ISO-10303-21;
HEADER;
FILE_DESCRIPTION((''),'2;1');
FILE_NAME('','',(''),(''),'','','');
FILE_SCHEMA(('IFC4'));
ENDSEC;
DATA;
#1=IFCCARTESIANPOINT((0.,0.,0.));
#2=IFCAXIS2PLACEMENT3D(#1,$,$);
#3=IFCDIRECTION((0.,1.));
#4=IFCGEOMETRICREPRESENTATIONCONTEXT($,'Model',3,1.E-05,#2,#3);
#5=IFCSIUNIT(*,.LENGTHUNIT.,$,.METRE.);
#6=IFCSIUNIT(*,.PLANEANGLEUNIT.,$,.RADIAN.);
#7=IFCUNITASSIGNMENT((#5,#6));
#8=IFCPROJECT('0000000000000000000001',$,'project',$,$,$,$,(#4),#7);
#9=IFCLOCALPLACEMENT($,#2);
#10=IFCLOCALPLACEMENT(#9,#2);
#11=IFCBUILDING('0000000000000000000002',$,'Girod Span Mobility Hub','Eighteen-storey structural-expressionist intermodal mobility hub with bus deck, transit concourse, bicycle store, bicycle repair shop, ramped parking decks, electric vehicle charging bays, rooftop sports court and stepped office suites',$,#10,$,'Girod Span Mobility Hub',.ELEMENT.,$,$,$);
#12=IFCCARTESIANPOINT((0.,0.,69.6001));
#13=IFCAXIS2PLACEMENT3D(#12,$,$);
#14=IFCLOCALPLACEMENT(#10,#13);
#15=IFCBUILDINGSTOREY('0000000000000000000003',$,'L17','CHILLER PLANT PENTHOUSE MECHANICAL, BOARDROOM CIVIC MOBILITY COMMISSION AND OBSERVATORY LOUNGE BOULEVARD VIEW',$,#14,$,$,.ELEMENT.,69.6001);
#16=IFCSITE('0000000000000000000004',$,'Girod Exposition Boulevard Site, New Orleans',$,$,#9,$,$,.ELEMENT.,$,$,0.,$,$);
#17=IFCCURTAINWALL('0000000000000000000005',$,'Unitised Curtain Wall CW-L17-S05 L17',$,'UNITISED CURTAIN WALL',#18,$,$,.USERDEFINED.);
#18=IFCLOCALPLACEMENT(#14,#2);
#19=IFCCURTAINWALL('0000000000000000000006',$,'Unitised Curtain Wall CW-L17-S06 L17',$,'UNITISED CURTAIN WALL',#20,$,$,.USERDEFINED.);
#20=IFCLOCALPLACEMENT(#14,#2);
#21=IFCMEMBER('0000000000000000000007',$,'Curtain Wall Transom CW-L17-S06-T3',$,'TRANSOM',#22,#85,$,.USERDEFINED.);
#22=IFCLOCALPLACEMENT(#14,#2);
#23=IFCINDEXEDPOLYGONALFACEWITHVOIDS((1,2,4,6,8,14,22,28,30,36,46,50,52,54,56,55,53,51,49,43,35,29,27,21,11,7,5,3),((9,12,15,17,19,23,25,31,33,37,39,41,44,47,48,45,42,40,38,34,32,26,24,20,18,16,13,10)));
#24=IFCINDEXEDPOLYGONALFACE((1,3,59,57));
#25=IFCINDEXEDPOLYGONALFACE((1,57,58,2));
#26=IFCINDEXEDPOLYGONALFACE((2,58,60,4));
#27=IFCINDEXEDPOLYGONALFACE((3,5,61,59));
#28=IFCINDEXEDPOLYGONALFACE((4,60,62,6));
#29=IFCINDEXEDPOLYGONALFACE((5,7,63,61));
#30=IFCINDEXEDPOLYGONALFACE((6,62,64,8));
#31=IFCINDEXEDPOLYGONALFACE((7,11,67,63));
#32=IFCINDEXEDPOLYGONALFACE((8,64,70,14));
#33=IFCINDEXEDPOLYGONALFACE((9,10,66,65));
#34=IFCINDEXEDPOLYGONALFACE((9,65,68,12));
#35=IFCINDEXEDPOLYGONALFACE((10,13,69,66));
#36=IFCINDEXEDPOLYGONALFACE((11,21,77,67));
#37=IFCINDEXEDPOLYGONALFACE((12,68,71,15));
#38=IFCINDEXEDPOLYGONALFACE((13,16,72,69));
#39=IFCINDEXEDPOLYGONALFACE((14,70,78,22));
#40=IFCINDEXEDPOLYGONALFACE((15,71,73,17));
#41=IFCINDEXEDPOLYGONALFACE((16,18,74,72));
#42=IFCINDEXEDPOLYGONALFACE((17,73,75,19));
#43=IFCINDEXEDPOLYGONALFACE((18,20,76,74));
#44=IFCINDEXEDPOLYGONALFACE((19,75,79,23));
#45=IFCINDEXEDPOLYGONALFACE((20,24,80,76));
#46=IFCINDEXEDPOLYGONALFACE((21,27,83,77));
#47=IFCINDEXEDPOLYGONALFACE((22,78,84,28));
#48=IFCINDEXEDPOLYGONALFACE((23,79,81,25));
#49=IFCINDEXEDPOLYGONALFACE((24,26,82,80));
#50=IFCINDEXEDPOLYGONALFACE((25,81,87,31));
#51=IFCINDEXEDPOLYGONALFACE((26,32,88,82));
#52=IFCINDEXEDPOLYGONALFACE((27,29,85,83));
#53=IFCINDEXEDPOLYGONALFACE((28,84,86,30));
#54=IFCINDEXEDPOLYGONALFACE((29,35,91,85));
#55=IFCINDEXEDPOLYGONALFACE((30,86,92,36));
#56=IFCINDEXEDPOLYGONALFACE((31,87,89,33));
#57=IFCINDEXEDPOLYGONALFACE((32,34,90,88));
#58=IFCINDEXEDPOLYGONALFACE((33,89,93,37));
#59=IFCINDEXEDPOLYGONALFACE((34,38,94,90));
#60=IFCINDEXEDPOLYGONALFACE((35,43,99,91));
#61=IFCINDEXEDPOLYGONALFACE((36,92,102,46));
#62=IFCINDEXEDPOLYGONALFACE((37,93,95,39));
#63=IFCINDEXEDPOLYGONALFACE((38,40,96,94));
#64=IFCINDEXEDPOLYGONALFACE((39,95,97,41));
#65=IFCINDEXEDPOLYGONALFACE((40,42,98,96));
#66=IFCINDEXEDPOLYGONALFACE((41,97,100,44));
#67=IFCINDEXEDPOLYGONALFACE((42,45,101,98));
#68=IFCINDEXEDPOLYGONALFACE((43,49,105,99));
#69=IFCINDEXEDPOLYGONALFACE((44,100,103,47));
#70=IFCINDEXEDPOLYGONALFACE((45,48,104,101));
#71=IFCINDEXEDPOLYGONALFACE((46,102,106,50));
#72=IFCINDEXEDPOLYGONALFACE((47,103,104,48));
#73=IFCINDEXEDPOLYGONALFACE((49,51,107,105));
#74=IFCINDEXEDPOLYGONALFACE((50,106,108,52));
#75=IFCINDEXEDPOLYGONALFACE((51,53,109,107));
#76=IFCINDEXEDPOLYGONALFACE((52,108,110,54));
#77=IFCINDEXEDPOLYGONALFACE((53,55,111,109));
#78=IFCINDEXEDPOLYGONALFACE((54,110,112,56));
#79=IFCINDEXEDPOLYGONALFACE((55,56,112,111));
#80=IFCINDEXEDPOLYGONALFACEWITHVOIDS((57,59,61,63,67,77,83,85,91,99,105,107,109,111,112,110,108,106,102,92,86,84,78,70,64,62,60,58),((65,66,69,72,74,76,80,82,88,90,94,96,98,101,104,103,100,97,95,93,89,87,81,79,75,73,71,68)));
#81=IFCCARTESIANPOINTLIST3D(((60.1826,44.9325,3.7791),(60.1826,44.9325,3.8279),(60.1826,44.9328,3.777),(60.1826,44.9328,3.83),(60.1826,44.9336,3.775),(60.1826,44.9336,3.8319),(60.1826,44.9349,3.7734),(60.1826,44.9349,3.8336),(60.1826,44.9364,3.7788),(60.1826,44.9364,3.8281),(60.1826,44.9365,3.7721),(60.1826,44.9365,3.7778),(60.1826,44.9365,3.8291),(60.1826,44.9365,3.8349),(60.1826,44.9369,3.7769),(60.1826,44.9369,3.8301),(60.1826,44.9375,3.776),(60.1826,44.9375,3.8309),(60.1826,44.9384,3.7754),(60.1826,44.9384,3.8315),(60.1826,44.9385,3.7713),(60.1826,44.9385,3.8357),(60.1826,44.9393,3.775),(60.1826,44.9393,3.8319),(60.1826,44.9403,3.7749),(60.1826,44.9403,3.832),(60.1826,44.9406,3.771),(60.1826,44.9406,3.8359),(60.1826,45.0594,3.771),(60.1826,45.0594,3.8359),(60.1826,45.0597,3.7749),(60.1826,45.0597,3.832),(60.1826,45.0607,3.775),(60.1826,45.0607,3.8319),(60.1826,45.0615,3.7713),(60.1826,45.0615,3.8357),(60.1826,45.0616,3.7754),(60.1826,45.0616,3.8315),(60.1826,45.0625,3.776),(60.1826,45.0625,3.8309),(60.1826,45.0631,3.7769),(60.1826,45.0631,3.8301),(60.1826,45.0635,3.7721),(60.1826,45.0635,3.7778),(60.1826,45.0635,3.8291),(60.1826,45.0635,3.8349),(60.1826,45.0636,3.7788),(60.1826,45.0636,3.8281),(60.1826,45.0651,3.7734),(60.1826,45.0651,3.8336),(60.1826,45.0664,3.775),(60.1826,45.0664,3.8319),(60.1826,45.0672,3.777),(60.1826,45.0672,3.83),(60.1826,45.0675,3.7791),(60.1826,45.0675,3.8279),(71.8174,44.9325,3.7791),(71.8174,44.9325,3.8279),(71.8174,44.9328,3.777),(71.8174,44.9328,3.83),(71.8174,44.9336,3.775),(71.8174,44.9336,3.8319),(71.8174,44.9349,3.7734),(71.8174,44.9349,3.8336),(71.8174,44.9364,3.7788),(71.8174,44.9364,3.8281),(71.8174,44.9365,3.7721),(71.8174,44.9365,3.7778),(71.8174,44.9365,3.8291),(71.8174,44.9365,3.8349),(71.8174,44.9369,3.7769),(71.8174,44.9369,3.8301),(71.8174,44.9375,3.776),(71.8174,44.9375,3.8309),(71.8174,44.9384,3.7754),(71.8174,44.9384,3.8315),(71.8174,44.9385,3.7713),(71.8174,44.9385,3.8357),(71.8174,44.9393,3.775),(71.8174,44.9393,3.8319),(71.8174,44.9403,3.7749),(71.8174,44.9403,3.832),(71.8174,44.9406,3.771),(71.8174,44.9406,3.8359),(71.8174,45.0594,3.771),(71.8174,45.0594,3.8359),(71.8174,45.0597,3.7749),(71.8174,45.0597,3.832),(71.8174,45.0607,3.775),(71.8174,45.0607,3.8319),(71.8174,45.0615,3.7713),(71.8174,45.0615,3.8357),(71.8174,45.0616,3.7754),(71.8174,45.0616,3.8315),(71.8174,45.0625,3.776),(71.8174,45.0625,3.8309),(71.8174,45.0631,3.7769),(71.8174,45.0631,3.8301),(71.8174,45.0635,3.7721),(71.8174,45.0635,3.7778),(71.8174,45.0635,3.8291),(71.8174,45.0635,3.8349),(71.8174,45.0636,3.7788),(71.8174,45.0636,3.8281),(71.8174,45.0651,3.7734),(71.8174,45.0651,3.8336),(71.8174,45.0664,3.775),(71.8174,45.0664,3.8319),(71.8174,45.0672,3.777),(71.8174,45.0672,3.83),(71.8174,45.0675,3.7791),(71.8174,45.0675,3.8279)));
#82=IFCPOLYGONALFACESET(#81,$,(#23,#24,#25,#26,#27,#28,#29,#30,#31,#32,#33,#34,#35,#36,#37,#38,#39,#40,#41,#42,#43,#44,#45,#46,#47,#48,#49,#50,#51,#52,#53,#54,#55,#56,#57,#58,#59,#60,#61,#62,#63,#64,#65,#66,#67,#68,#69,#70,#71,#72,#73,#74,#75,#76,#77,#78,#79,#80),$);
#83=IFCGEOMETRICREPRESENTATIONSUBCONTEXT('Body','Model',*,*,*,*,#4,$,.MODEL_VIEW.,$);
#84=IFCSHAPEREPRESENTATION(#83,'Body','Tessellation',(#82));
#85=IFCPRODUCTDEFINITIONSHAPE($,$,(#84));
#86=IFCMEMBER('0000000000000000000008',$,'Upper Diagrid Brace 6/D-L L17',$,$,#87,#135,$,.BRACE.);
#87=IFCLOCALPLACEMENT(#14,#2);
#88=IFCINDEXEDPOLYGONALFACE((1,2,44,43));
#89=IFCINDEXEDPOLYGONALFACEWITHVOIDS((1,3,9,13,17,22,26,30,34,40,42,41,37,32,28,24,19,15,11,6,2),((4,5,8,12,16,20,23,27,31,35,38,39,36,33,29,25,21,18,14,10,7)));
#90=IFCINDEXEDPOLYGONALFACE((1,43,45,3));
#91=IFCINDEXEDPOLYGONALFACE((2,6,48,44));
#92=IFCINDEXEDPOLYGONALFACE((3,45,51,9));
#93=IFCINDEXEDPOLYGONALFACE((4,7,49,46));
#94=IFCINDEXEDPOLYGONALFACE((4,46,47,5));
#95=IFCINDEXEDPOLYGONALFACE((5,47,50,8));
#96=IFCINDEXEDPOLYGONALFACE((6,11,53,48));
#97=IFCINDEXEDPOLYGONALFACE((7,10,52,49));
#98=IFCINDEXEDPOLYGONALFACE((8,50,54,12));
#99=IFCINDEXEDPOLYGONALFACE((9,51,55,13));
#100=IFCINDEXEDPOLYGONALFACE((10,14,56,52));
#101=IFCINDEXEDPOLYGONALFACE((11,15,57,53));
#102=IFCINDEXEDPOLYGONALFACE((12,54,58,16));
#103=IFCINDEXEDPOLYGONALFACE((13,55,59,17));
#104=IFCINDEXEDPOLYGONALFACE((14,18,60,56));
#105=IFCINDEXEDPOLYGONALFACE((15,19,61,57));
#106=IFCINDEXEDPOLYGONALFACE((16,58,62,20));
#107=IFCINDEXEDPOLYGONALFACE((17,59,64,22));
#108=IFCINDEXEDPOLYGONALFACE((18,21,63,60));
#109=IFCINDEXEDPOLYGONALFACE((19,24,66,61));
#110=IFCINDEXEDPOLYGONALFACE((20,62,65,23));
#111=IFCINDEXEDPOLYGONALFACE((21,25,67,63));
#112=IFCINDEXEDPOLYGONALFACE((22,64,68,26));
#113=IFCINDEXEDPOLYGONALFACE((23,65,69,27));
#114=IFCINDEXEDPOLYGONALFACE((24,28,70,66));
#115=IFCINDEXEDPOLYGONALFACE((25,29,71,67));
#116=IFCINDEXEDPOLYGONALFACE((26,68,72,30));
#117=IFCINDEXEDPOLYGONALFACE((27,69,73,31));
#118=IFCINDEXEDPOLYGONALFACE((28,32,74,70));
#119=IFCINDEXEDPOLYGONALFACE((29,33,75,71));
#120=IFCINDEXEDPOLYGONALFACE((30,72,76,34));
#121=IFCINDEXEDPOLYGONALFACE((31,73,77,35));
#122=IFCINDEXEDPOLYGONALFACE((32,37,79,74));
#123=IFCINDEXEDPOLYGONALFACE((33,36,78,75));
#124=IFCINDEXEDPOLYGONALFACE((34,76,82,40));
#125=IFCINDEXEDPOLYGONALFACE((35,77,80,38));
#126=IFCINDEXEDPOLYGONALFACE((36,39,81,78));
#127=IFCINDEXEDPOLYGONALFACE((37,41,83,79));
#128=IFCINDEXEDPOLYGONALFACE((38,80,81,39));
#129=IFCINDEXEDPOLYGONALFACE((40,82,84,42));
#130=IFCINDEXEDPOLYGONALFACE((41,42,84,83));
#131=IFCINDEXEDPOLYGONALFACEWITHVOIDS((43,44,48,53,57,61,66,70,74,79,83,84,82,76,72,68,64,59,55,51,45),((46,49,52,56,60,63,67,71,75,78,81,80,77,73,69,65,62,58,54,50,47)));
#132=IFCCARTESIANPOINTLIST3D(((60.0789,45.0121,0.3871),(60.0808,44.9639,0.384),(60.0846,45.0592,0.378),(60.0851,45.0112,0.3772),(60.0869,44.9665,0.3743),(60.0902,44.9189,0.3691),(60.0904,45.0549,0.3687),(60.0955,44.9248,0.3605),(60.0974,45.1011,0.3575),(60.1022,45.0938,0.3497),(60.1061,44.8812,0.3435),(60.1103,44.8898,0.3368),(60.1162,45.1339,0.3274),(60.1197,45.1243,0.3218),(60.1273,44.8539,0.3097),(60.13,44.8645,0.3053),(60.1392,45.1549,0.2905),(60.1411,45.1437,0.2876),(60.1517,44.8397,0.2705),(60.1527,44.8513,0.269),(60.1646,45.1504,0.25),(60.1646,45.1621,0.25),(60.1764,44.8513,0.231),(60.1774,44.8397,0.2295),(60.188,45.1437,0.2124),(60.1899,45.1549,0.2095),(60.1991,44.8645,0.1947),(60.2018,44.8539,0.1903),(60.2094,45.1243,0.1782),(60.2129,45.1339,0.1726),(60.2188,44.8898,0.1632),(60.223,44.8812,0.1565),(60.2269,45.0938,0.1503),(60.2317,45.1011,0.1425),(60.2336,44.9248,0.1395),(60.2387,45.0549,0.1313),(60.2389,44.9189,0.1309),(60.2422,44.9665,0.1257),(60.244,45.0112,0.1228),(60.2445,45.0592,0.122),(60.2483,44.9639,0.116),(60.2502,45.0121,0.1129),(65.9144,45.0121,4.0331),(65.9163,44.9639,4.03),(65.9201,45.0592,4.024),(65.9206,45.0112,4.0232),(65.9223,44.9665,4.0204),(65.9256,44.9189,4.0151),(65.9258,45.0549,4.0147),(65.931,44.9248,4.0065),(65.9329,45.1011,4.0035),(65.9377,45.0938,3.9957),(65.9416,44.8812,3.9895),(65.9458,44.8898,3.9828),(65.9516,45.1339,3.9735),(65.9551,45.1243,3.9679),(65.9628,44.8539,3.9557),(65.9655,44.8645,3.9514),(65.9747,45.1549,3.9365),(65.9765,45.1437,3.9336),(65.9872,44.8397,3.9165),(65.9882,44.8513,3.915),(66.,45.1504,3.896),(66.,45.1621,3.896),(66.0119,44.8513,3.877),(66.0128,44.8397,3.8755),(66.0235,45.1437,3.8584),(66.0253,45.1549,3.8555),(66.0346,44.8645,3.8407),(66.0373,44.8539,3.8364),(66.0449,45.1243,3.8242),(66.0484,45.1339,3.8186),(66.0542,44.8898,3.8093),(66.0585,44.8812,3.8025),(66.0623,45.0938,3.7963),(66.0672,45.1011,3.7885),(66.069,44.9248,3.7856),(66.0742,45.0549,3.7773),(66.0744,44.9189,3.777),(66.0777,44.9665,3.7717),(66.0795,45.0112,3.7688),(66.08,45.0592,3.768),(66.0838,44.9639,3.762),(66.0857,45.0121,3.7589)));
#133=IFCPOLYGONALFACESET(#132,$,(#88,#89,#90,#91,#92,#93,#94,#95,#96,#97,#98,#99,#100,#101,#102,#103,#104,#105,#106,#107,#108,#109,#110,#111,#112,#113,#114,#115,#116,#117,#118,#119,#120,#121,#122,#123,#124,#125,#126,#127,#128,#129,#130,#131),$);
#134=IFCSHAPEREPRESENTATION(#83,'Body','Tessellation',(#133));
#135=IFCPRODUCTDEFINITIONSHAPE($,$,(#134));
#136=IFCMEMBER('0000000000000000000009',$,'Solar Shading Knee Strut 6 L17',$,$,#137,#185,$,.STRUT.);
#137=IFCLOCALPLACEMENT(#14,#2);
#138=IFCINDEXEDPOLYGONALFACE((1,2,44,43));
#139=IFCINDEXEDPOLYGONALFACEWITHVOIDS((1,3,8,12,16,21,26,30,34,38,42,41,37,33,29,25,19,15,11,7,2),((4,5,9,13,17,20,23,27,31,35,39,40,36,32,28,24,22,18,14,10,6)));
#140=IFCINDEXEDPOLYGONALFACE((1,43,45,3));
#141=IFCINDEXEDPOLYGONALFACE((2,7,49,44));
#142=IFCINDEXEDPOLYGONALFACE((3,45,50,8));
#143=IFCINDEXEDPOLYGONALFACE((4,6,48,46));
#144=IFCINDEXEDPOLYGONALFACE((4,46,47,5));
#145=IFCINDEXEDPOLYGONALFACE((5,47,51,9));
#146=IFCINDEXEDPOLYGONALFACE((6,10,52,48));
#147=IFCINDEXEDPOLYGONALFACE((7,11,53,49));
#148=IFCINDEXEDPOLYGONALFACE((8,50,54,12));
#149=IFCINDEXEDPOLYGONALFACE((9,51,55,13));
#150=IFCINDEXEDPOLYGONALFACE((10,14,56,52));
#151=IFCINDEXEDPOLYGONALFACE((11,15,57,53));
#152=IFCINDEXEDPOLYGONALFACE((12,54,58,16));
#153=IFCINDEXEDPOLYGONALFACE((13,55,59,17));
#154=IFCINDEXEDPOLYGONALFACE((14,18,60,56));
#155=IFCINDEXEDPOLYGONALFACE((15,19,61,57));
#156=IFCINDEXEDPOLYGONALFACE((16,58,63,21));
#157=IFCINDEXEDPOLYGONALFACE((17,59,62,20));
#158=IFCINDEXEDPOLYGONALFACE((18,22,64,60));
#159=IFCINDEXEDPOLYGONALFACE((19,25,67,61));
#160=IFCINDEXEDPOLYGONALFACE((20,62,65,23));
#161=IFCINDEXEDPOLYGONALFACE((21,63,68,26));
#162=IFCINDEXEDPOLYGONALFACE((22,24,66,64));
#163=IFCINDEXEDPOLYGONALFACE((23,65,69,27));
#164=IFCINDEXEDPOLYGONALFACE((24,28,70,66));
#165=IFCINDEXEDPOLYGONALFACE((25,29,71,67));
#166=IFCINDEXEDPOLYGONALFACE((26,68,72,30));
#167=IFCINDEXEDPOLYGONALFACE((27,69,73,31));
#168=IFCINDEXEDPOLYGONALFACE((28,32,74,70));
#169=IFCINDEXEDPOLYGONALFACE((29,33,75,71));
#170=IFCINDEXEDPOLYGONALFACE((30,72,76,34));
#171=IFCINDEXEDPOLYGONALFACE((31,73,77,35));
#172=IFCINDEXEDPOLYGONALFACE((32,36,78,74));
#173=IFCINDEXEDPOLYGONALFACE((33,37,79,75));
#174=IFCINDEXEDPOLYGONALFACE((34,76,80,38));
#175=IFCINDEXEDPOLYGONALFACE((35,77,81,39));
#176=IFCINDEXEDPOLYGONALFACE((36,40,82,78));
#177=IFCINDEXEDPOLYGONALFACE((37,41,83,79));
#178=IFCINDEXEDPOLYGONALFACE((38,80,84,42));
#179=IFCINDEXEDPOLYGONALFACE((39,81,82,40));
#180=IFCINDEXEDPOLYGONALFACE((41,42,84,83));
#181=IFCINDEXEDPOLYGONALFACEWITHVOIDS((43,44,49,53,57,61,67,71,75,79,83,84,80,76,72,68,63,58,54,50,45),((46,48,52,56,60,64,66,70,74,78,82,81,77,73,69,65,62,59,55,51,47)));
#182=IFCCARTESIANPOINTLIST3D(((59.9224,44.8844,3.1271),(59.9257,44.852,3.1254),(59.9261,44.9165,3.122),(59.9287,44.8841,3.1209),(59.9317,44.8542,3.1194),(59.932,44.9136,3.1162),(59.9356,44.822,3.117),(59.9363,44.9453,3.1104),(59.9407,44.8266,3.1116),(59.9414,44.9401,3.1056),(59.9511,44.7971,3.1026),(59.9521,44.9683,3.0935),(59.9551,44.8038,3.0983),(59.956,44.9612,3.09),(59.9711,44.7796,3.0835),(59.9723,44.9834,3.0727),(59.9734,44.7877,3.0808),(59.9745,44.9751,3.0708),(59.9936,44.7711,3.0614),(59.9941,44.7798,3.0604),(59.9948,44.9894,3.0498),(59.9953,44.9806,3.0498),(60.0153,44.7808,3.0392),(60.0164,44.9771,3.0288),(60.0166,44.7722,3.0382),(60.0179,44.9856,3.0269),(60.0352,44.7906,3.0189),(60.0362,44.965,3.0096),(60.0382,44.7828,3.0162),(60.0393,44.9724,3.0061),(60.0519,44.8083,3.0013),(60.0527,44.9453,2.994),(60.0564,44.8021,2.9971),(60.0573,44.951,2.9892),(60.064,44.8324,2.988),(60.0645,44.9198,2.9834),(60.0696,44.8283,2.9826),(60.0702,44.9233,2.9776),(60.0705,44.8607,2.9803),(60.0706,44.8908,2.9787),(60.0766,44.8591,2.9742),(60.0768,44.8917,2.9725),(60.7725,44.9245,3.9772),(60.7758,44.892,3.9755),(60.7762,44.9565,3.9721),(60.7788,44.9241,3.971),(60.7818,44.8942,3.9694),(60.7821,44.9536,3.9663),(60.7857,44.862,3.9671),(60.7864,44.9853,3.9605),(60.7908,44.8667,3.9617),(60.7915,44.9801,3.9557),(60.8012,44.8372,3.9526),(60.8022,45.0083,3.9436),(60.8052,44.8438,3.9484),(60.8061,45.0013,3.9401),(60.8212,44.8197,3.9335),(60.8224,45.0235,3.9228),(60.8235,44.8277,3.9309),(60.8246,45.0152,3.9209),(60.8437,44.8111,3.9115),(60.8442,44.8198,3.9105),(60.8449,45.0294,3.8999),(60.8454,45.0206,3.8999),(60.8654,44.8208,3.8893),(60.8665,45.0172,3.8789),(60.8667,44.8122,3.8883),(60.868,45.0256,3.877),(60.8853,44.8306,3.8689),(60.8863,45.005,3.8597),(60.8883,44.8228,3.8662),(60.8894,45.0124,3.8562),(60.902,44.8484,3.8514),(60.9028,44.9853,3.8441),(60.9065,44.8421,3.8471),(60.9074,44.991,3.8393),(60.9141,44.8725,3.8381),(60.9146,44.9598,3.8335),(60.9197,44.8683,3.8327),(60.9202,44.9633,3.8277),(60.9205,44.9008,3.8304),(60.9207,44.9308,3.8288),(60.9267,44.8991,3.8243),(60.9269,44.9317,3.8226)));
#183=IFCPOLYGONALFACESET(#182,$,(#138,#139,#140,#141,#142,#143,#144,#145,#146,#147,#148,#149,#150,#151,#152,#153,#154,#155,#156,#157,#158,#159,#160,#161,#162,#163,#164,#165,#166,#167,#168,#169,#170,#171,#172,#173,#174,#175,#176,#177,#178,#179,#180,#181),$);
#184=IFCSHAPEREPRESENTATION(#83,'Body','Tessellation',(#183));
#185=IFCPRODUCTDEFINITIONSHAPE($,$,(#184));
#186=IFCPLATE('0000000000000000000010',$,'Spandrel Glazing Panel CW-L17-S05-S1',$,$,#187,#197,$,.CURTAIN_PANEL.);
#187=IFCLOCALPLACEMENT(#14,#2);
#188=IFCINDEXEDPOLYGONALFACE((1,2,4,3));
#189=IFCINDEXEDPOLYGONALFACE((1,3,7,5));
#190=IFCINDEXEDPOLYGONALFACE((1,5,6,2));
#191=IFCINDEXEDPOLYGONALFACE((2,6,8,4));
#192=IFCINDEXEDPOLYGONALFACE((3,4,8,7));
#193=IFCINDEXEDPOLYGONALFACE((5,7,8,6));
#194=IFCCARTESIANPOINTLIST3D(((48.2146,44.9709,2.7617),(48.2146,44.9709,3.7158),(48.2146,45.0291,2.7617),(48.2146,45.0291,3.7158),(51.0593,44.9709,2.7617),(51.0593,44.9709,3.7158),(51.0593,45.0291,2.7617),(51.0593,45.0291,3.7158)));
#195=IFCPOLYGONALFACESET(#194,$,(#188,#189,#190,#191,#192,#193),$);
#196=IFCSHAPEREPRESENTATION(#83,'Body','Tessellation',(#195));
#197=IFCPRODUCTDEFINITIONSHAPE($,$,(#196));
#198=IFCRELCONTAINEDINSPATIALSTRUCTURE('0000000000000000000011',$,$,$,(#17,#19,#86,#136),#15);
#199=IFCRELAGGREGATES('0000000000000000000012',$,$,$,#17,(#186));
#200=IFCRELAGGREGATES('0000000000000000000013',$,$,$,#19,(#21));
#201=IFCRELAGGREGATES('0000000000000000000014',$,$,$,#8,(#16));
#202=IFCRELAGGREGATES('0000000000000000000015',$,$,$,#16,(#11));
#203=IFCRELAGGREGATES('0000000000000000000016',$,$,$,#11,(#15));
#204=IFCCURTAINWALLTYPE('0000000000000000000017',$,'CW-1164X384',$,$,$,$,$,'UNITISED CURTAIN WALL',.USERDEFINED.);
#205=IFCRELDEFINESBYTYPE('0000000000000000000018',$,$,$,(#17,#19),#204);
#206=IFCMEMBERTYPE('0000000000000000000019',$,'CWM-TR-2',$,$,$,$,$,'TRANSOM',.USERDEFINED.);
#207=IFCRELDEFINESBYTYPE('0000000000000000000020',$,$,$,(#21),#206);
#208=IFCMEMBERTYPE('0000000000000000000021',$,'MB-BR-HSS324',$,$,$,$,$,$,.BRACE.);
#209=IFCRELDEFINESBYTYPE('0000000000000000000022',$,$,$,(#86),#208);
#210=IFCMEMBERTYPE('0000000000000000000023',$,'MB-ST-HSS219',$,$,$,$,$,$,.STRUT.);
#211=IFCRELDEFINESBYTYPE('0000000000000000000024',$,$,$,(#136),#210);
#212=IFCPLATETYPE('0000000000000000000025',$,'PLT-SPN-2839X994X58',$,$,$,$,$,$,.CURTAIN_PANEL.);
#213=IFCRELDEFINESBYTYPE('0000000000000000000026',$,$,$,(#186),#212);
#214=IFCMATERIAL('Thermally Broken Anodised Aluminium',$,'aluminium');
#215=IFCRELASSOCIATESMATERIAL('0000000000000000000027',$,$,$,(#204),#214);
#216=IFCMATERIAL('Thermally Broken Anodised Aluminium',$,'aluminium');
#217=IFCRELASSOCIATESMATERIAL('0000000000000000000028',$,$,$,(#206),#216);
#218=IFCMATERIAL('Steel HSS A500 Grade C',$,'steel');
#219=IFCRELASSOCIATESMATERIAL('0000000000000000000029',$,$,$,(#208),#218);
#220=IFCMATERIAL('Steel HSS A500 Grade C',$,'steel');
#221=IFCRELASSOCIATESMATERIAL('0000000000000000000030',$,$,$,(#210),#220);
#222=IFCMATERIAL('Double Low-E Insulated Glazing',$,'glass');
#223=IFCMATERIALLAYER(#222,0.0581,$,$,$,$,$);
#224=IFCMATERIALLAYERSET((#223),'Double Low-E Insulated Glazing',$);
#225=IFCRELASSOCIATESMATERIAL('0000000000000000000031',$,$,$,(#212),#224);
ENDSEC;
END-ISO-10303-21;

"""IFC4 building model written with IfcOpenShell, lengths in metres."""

from ifc_helpers import new_model, si_unit, direction, frame, origin, origin_2d, place, context, subcontext, project, spatial, rectangle, hollow_rectangle, hollow_circle, extrude, material, layer, layer_set, material_profile, profile_set, type_object, element, aggregate, save


model = new_model("IFC4")

# Units and contexts
model_context = context("Model", 3, precision=1e-05, world=origin(), true_north=direction((0.0, 1.0)))
body_context = subcontext(model_context, "Body", "Model", "MODEL_VIEW")
ifc_project = project(units=[si_unit("LENGTHUNIT", "METRE"), si_unit("PLANEANGLEUNIT", "RADIAN")], contexts=[model_context])

# Site, building, storey
site_placement = place(None, origin())
site = spatial("IfcSite", under=ifc_project, at=site_placement, Name="Girod Exposition Boulevard Site, New Orleans", CompositionType="ELEMENT", RefElevation=0.0)
building_placement = place(site_placement, origin())
building = spatial("IfcBuilding", under=site, at=building_placement, Name="Girod Span Mobility Hub", Description="Eighteen-storey structural-expressionist intermodal mobility hub with bus deck, transit concourse, bicycle store, bicycle repair shop, ramped parking decks, electric vehicle charging bays, rooftop sports court and stepped office suites", LongName="Girod Span Mobility Hub", CompositionType="ELEMENT")
storey_placement = place(building_placement, frame((0.0, 0.0, 69.6001)))
storey = spatial("IfcBuildingStorey", under=building, at=storey_placement, Name="L17", Description="CHILLER PLANT PENTHOUSE MECHANICAL, BOARDROOM CIVIC MOBILITY COMMISSION AND OBSERVATORY LOUNGE BOULEVARD VIEW", CompositionType="ELEMENT", Elevation=69.6001)

# Curtain walls
ifc_material_1 = material(Name="Thermally Broken Anodised Aluminium", Category="aluminium")
curtain_wall_type = type_object("IfcCurtainWallType", Name="CW-1164X384", ElementType="UNITISED CURTAIN WALL", PredefinedType="USERDEFINED", material=ifc_material_1)
curtain_wall_1_placement = place(storey_placement, origin())
curtain_wall_1 = element("IfcCurtainWall", 1, at=curtain_wall_1_placement, inside=storey, type_object=curtain_wall_type, Name="Unitised Curtain Wall CW-L17-S05 L17", ObjectType="UNITISED CURTAIN WALL", PredefinedType="USERDEFINED")
curtain_wall_2_placement = place(storey_placement, origin())
curtain_wall_2 = element("IfcCurtainWall", 2, at=curtain_wall_2_placement, inside=storey, type_object=curtain_wall_type, Name="Unitised Curtain Wall CW-L17-S06 L17", ObjectType="UNITISED CURTAIN WALL", PredefinedType="USERDEFINED")

# Member
ifc_material_2 = material(Name="Thermally Broken Anodised Aluminium", Category="aluminium")
ifc_material_profile_1 = material_profile(ifc_material_2, hollow_rectangle(XDim=0.135, YDim=0.0649, WallThickness=0.0039, InnerFilletRadius=0.0039, OuterFilletRadius=0.0081, at=origin_2d()), Name="CW-TR-65X135")
ifc_profile_set_1 = profile_set([ifc_material_profile_1], Name="Thermally Broken Anodised Aluminium")
member_type_1 = type_object("IfcMemberType", Name="CWM-TR-2", ElementType="TRANSOM", PredefinedType="USERDEFINED", material=ifc_profile_set_1)
member_1_placement = place(storey_placement, frame((60.1826, 45.0, 3.8035), z_axis=(1.0, 0.0, 0.0), x_axis=(0.0, 1.0, 0.0)))
member_1 = element("IfcMember", 3, at=member_1_placement, type_object=member_type_1, Name="Curtain Wall Transom CW-L17-S06-T3", ObjectType="TRANSOM", PredefinedType="USERDEFINED", context=body_context, shape_type="SweptSolid", body=[
    extrude(hollow_rectangle(XDim=0.135, YDim=0.0649, WallThickness=0.0039, InnerFilletRadius=0.0039, OuterFilletRadius=0.0081, at=origin_2d()), origin(), (0.0, 0.0, 1.0), 11.6348),
])

# Members
ifc_material_3 = material(Name="Steel HSS A500 Grade C", Category="steel")
ifc_material_profile_2 = material_profile(ifc_material_3, hollow_circle(Radius=0.1621, WallThickness=0.0117, at=origin_2d()), Name="HSS324X12.7")
ifc_profile_set_2 = profile_set([ifc_material_profile_2], Name="Steel HSS A500 Grade C")
member_type_2 = type_object("IfcMemberType", Name="MB-BR-HSS324", PredefinedType="BRACE", material=ifc_profile_set_2)
member_2_placement = place(storey_placement, frame((60.1646, 45.0, 0.25), z_axis=(0.848074, 0.0, 0.529878), x_axis=(0.0, 1.0, 0.0)))
element("IfcMember", 4, at=member_2_placement, inside=storey, type_object=member_type_2, Name="Upper Diagrid Brace 6/D-L L17", PredefinedType="BRACE", context=body_context, shape_type="SweptSolid", body=[
    extrude(hollow_circle(Radius=0.1621, WallThickness=0.0117, at=origin_2d()), origin(), (0.0, 0.0, 1.0), 6.8809),
])
ifc_material_4 = material(Name="Steel HSS A500 Grade C", Category="steel")
ifc_material_profile_3 = material_profile(ifc_material_4, hollow_circle(Radius=0.1096, WallThickness=0.0088, at=origin_2d()), Name="HSS219X9.5")
ifc_profile_set_3 = profile_set([ifc_material_profile_3], Name="Steel HSS A500 Grade C")
member_type_3 = type_object("IfcMemberType", Name="MB-ST-HSS219", PredefinedType="STRUT", material=ifc_profile_set_3)
member_3_placement = place(storey_placement, frame((60.0, 44.8799, 3.0498), z_axis=(0.706715, 0.033286, 0.706715), x_axis=(-0.047047, 0.998893, 0.0)))
element("IfcMember", 5, at=member_3_placement, inside=storey, type_object=member_type_3, Name="Solar Shading Knee Strut 6 L17", PredefinedType="STRUT", context=body_context, shape_type="SweptSolid", body=[
    extrude(hollow_circle(Radius=0.1096, WallThickness=0.0088, at=origin_2d()), origin(), (0.0, 0.0, 1.0), 1.2029),
])

# Plate
ifc_material_5 = material(Name="Double Low-E Insulated Glazing", Category="glass")
ifc_layer_1 = layer(ifc_material_5, 0.0581)
ifc_layer_set_1 = layer_set([ifc_layer_1], Name="Double Low-E Insulated Glazing")
plate_type_1 = type_object("IfcPlateType", Name="PLT-SPN-2839X994X58", PredefinedType="CURTAIN_PANEL", material=ifc_layer_set_1)
plate_1_placement = place(storey_placement, frame((49.637, 45.0, 2.7617), z_axis=(0.0, 0.0, 1.0), x_axis=(1.0, 0.0, 0.0)))
plate_1 = element("IfcPlate", 6, at=plate_1_placement, type_object=plate_type_1, Name="Spandrel Glazing Panel CW-L17-S05-S1", PredefinedType="CURTAIN_PANEL", context=body_context, shape_type="SweptSolid", body=[
    extrude(rectangle(XDim=2.8447, YDim=0.0581, at=origin_2d()), origin(), (0.0, 0.0, 1.0), 0.9541),
])
aggregate(curtain_wall_1, [plate_1])
aggregate(curtain_wall_2, [member_1])

save(model, "model.ifc")
